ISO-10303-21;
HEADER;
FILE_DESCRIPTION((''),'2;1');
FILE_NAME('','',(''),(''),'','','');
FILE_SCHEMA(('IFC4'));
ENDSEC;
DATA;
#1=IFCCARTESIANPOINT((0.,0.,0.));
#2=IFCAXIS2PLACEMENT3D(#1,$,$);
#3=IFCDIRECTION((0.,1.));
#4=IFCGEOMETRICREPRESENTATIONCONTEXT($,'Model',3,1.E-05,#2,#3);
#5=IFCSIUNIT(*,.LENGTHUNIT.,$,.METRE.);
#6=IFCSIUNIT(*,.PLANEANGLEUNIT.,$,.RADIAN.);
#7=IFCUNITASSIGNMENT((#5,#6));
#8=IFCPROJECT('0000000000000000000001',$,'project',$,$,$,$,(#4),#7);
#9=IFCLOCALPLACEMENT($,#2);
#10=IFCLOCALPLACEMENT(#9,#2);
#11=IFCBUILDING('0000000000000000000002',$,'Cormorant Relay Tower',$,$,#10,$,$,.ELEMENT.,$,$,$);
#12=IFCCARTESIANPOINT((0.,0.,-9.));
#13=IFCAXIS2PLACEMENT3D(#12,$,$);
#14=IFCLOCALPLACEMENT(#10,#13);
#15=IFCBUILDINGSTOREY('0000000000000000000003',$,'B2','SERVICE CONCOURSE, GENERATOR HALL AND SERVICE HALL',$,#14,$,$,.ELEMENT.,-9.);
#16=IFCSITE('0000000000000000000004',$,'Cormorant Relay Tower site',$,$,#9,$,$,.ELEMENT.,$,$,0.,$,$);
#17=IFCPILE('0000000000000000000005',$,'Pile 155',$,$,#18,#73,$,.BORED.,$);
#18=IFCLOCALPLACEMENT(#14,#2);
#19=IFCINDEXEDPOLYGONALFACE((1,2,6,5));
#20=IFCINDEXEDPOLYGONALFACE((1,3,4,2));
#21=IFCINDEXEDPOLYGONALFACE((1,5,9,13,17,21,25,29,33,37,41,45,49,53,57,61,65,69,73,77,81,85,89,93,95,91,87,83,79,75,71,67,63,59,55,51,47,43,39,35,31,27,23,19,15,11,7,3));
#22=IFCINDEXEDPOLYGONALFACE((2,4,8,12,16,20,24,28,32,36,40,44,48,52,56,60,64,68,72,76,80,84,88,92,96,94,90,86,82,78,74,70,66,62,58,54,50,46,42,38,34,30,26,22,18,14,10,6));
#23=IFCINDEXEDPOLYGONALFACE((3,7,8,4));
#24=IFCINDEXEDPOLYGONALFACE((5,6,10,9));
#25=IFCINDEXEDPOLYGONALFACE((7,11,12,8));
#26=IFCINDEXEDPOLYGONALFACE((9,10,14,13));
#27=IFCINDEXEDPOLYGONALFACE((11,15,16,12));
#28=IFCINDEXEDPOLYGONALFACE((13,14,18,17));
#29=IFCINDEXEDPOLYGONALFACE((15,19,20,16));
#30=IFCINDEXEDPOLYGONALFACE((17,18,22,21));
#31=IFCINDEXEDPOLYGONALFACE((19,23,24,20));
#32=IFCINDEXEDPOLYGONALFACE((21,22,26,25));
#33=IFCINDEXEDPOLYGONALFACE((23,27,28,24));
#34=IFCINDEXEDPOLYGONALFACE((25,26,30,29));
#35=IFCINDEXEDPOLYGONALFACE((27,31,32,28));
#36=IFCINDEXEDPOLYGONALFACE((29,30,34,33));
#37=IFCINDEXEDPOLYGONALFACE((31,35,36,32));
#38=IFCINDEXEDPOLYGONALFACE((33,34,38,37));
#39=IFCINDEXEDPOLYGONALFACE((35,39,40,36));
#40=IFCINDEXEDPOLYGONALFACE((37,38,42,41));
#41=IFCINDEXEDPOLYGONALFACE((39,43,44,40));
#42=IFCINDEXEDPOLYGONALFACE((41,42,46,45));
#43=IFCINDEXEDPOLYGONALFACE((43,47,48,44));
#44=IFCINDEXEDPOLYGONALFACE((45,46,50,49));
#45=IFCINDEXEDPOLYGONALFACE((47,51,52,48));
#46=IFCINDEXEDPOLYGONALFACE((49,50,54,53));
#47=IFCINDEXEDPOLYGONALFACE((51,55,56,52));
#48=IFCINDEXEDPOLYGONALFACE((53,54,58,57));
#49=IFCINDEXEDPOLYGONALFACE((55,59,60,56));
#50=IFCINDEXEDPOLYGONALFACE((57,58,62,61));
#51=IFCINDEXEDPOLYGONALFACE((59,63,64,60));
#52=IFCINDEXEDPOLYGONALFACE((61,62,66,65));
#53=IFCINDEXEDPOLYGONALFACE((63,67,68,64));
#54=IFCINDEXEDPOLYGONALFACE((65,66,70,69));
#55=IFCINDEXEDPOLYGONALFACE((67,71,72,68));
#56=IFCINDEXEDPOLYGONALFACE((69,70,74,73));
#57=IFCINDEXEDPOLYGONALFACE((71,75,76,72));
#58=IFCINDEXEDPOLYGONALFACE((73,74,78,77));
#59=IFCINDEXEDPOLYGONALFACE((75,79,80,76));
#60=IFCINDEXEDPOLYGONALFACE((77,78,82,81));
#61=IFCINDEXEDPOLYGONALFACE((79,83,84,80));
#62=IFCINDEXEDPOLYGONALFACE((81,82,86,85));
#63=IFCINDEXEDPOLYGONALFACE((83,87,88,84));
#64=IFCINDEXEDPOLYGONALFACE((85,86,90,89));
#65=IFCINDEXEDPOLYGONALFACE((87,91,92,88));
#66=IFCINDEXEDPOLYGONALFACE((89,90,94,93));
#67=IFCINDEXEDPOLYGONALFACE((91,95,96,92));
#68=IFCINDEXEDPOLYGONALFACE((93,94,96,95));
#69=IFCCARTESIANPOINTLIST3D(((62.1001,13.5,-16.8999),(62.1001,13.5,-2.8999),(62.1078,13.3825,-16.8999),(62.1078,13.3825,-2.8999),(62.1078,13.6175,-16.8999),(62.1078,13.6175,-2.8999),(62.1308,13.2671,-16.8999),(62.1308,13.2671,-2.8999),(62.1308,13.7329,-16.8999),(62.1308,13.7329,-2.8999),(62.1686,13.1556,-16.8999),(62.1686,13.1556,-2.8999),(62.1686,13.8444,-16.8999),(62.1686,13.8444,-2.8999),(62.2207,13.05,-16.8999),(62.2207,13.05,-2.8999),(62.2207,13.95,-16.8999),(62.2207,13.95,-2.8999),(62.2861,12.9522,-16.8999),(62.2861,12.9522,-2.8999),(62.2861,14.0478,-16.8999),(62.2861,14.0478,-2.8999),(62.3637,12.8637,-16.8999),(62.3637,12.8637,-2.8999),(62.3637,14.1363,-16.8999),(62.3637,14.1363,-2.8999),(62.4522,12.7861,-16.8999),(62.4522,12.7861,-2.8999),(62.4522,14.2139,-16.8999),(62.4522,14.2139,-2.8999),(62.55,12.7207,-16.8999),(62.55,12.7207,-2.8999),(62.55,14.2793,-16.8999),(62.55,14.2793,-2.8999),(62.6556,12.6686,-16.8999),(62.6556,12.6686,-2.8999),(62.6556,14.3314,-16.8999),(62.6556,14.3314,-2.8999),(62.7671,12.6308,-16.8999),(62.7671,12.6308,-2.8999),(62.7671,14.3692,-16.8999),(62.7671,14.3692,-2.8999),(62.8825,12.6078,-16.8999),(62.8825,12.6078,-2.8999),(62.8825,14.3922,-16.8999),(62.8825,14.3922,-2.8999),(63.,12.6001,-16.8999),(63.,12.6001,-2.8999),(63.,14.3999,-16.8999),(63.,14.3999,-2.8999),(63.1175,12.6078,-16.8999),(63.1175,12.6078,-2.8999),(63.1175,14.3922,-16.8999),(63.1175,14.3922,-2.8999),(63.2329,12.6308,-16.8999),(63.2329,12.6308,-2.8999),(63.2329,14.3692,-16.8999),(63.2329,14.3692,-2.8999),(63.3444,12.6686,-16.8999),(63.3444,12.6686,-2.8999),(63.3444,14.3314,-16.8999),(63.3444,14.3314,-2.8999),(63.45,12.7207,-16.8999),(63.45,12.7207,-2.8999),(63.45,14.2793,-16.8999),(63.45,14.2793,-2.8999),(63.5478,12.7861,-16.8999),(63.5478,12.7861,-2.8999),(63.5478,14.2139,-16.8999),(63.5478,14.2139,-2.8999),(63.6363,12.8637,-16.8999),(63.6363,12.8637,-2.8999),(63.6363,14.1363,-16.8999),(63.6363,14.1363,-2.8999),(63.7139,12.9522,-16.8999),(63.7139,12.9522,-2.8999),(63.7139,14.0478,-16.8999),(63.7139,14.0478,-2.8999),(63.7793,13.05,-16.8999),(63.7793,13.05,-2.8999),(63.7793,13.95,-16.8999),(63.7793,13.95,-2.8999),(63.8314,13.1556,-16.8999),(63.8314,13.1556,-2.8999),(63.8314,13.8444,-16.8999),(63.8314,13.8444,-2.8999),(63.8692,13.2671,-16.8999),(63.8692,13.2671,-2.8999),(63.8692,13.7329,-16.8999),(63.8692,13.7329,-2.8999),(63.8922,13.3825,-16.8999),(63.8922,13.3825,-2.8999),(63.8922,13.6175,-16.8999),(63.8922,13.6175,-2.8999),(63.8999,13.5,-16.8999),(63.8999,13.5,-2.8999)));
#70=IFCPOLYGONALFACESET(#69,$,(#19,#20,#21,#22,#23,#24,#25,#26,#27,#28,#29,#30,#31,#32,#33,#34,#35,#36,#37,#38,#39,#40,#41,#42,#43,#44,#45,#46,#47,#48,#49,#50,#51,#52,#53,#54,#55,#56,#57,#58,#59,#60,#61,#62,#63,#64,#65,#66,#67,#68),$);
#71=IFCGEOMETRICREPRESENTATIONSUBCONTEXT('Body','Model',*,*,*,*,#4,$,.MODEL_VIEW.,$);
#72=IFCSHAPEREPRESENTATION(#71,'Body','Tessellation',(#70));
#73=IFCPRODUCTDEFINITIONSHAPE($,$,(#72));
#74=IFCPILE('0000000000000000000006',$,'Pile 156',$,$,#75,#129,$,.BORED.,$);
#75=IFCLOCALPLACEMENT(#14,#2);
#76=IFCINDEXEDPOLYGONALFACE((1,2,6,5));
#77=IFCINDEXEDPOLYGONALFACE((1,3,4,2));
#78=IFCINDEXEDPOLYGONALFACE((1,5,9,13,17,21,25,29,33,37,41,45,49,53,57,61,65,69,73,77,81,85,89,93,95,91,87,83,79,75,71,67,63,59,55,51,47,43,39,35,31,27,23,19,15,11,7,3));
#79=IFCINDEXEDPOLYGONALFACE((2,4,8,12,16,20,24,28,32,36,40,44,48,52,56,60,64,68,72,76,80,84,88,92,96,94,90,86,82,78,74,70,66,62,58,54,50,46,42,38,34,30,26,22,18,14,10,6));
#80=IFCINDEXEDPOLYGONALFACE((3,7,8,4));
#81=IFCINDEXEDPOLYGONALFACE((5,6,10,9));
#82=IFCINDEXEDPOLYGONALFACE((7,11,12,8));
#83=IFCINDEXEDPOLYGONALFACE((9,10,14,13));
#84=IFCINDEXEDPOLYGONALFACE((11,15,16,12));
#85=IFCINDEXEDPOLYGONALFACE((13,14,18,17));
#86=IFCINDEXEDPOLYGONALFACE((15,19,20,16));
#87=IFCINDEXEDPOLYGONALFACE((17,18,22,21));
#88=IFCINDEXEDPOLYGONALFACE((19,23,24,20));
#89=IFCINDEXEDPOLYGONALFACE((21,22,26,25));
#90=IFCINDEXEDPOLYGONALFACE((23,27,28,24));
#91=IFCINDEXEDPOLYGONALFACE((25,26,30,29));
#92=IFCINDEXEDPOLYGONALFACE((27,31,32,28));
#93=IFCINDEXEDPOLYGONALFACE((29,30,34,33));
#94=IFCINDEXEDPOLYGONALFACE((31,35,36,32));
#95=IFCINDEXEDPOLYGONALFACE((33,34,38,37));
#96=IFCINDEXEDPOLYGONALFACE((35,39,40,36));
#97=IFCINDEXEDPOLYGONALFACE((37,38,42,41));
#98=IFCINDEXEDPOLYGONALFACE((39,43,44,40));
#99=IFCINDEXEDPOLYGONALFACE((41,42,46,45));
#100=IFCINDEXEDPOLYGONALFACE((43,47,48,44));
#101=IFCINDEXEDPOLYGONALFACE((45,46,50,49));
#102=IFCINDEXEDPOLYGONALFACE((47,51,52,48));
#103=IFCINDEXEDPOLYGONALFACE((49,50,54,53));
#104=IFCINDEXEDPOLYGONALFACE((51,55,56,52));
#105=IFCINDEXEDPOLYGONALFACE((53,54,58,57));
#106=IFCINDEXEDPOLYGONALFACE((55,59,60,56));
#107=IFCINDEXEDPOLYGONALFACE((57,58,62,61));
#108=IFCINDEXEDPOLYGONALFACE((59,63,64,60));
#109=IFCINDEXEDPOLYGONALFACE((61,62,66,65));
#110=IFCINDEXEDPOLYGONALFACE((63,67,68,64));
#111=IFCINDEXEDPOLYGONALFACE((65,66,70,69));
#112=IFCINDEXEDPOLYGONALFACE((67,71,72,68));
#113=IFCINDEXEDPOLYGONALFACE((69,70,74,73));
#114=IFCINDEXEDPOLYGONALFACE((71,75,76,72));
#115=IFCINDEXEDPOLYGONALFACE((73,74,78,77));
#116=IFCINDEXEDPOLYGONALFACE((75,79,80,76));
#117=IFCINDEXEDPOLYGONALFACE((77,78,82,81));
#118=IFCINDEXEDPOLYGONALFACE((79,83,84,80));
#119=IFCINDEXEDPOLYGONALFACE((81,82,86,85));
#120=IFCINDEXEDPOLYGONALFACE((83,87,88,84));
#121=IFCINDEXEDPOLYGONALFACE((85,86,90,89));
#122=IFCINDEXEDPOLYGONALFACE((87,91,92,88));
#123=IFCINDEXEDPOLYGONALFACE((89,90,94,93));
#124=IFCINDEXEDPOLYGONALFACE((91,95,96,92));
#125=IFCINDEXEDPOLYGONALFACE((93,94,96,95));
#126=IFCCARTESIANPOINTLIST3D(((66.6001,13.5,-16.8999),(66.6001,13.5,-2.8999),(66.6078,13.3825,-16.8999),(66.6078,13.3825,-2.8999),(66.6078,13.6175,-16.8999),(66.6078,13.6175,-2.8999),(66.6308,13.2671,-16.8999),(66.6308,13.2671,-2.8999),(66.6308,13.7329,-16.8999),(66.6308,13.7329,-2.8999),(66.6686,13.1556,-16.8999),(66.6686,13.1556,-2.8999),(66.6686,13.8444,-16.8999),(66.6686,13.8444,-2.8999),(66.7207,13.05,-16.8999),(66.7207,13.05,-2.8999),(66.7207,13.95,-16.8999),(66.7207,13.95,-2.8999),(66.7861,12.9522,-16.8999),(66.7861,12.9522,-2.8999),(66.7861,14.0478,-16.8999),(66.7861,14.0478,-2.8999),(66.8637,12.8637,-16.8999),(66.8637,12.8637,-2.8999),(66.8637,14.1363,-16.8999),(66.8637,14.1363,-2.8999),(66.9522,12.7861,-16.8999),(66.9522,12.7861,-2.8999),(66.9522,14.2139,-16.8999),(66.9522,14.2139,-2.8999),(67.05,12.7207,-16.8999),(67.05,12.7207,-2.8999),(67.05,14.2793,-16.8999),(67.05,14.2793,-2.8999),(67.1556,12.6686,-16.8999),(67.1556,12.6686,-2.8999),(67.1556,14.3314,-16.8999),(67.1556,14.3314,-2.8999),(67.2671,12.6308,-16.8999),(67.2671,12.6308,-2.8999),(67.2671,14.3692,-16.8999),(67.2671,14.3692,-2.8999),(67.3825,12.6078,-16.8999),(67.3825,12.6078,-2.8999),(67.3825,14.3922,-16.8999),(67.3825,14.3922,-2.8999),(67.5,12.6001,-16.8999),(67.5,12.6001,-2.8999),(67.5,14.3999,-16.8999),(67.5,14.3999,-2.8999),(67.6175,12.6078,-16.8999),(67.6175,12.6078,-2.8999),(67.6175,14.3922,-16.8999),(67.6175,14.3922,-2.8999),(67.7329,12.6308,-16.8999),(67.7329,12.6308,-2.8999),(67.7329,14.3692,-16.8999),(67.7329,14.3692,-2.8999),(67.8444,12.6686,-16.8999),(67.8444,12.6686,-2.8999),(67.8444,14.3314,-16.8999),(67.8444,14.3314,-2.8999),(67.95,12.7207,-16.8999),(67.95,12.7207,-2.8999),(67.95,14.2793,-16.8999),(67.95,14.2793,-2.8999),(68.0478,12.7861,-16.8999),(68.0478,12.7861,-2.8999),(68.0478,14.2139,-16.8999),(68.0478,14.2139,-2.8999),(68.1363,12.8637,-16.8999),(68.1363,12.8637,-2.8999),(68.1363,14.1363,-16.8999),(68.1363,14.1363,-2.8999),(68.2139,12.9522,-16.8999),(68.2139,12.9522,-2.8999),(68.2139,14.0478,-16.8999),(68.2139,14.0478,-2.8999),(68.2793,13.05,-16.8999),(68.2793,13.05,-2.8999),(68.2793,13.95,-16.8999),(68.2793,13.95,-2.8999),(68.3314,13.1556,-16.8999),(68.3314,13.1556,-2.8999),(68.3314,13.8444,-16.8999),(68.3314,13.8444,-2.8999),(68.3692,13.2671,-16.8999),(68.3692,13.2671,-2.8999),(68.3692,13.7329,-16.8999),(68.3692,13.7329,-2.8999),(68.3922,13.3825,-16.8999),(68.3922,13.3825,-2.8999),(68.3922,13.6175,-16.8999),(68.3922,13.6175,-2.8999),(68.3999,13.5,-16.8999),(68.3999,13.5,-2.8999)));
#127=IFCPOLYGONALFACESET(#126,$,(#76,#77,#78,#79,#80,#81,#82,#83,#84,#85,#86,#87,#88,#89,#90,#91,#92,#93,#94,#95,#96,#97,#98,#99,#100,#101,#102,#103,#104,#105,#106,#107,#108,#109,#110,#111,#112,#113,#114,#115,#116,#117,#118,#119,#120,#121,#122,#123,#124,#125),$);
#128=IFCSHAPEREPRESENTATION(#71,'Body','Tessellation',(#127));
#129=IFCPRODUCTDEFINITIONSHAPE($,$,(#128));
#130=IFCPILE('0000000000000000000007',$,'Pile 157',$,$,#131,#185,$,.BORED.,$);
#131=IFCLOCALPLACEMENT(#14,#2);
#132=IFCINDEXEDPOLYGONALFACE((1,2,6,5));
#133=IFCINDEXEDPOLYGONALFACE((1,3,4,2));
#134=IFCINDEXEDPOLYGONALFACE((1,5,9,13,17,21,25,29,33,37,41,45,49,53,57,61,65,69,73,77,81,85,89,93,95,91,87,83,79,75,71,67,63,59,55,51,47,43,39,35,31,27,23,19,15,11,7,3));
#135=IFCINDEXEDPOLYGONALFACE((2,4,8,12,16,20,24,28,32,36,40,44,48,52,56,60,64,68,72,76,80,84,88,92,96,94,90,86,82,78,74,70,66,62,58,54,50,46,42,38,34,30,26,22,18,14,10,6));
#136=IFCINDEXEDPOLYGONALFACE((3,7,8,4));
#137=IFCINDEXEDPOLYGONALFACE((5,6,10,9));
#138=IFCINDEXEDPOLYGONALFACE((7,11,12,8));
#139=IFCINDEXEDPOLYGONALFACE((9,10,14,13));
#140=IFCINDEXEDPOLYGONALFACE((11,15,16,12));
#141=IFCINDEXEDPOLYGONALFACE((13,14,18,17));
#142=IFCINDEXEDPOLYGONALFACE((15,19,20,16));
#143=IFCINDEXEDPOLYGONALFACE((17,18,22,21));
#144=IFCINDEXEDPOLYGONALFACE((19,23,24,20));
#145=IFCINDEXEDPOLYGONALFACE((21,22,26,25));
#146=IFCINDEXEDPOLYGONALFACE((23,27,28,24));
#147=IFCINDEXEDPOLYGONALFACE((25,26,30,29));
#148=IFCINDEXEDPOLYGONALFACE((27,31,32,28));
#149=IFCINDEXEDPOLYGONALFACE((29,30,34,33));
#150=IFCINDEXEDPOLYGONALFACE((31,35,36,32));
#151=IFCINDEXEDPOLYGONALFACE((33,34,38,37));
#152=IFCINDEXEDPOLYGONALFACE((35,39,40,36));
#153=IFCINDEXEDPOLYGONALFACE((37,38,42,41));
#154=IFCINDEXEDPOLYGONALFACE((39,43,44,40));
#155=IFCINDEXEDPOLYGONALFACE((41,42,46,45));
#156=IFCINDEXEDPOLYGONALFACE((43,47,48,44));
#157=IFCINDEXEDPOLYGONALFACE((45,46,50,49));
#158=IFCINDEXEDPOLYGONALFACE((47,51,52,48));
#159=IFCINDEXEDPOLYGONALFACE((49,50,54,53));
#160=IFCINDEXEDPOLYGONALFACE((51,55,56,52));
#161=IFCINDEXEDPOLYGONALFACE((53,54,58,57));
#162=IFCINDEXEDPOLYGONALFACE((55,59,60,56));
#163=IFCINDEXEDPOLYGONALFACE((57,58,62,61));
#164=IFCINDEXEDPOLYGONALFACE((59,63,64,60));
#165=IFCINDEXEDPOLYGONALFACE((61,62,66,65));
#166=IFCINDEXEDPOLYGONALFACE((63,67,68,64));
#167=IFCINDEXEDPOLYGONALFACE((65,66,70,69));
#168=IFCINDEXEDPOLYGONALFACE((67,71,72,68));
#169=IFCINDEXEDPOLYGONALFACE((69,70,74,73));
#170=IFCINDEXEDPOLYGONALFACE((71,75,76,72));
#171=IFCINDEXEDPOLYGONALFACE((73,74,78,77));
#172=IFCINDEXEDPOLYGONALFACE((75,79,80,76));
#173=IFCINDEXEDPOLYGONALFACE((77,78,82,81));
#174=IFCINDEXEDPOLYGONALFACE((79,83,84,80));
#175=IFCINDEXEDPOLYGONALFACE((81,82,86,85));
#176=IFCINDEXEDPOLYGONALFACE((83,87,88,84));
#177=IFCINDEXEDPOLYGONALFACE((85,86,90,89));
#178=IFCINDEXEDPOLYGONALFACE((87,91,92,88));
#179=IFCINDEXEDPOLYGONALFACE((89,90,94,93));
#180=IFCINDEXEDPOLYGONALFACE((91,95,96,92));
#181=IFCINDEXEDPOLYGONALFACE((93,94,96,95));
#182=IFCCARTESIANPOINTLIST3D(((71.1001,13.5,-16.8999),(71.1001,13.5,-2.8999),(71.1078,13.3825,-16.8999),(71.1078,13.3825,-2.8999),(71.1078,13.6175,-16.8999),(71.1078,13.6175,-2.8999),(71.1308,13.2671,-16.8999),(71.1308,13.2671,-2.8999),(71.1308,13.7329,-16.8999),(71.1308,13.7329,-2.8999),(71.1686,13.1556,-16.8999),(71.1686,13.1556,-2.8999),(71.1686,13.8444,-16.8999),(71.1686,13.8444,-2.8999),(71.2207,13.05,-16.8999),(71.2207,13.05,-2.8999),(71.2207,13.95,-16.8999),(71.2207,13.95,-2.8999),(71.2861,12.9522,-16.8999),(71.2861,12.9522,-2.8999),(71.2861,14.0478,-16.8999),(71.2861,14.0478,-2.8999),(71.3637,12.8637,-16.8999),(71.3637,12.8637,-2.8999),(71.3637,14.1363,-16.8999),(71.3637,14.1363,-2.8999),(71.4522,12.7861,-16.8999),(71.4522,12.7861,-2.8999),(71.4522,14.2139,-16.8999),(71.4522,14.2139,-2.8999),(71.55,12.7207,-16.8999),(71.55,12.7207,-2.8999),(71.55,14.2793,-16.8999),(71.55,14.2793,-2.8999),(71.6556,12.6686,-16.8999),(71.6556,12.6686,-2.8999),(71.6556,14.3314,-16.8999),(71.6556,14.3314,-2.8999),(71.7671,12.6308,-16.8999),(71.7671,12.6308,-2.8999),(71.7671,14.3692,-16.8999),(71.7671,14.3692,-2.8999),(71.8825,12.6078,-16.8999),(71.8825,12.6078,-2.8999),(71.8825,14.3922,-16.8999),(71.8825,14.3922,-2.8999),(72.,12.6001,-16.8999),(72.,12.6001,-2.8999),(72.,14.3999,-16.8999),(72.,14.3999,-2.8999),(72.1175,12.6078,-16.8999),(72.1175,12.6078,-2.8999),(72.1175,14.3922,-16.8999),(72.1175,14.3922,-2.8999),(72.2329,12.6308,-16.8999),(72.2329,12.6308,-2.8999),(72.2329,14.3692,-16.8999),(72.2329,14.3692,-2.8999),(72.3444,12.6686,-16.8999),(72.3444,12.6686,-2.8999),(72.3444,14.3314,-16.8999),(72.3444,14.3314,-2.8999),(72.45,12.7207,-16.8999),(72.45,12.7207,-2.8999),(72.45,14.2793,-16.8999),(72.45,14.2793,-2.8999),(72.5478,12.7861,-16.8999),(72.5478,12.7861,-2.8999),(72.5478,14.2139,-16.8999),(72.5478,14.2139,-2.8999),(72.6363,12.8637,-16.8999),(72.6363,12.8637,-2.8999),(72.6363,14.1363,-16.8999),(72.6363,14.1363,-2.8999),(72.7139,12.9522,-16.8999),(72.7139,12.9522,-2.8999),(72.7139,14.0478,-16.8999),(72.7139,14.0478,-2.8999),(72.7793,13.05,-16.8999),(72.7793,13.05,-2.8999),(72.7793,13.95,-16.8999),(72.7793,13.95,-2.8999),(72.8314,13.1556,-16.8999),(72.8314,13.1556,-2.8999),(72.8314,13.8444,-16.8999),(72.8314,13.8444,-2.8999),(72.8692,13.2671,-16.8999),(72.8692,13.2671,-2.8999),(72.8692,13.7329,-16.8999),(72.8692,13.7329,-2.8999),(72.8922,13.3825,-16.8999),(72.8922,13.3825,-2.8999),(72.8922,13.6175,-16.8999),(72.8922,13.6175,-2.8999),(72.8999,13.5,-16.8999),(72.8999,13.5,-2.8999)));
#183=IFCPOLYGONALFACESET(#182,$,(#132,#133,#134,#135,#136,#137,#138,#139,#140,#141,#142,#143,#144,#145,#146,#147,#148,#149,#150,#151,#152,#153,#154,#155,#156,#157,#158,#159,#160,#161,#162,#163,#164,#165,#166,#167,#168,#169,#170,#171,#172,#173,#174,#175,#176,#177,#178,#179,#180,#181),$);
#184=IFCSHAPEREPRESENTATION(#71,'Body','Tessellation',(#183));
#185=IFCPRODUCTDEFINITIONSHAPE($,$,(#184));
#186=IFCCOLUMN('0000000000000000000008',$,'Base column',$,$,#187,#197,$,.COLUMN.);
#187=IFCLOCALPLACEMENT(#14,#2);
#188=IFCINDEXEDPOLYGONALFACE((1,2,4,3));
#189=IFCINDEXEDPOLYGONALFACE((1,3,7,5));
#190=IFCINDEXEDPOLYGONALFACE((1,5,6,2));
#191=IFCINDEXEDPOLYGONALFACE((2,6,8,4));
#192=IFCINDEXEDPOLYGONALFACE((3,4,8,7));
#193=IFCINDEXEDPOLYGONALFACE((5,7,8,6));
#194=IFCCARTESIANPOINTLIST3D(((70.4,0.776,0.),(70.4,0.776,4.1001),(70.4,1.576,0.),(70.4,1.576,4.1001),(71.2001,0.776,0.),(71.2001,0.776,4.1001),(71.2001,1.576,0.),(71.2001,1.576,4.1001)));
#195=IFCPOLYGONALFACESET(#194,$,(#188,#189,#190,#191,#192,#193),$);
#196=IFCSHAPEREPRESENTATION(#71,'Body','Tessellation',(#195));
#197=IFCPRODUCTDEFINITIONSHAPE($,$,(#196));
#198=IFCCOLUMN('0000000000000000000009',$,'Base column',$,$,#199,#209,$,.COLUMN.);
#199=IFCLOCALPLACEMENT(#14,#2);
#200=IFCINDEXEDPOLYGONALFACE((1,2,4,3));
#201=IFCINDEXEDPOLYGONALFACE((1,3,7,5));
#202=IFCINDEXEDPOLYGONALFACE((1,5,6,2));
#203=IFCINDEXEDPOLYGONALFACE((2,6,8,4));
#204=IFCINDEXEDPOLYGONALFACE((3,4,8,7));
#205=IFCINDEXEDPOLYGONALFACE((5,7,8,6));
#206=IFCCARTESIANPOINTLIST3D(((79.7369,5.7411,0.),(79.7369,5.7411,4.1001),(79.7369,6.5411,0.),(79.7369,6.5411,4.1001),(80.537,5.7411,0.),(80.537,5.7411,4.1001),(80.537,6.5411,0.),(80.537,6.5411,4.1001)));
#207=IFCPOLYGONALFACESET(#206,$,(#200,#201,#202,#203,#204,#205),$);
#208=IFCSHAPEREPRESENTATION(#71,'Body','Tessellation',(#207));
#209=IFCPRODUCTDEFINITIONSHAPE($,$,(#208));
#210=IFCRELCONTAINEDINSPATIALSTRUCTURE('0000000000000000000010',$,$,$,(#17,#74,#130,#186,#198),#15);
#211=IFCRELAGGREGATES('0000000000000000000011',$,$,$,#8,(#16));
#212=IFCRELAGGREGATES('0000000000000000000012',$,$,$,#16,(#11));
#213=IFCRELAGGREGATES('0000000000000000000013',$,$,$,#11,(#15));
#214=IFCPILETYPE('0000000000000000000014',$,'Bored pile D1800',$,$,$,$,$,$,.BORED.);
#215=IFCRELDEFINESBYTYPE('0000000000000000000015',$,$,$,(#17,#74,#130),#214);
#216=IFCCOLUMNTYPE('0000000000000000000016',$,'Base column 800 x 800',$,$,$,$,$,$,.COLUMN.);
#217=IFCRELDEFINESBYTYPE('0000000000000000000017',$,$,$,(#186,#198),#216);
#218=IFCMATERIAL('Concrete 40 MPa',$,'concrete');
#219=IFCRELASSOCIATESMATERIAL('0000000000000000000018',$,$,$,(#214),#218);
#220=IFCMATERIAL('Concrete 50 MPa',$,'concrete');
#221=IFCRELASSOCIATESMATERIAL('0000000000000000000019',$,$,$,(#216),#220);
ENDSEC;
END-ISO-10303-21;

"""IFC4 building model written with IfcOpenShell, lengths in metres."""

from ifc_helpers import new_model, si_unit, direction, frame, origin, origin_2d, place, context, subcontext, project, spatial, rectangle, circle, extrude, material, material_profile, profile_set, type_object, element, save


model = new_model("IFC4")

# Units and contexts
model_context = context("Model", 3, precision=1e-05, world=origin(), true_north=direction((0.0, 1.0)))
body_context = subcontext(model_context, "Body", "Model", "MODEL_VIEW")
ifc_project = project(units=[si_unit("LENGTHUNIT", "METRE"), si_unit("PLANEANGLEUNIT", "RADIAN")], contexts=[model_context])

# Site, building, storey
site_placement = place(None, origin())
site = spatial("IfcSite", under=ifc_project, at=site_placement, Name="Cormorant Relay Tower site", CompositionType="ELEMENT", RefElevation=0.0)
building_placement = place(site_placement, origin())
building = spatial("IfcBuilding", under=site, at=building_placement, Name="Cormorant Relay Tower", CompositionType="ELEMENT")
storey_placement = place(building_placement, frame((0.0, 0.0, -9.0)))
storey = spatial("IfcBuildingStorey", under=building, at=storey_placement, Name="B2", Description="SERVICE CONCOURSE, GENERATOR HALL AND SERVICE HALL", CompositionType="ELEMENT", Elevation=-9.0)

# Piles
ifc_material_1 = material(Name="Concrete 40 MPa", Category="concrete")
ifc_material_profile_1 = material_profile(ifc_material_1, circle(Radius=0.8999, at=origin_2d()), Name="BP1800")
ifc_profile_set_1 = profile_set([ifc_material_profile_1], Name="Concrete 40 MPa")
pile_type = type_object("IfcPileType", Name="Bored pile D1800", PredefinedType="BORED", material=ifc_profile_set_1)
for number, where, z_axis, x_axis, name in (
    (1, (63.0, 13.5, -2.8999), (0.0, 0.0, -1.0), (1.0, 0.0, 0.0), "Pile 155"),
    (2, (67.5, 13.5, -2.8999), (0.0, 0.0, -1.0), (1.0, 0.0, 0.0), "Pile 156"),
    (3, (72.0, 13.5, -2.8999), (0.0, 0.0, -1.0), (1.0, 0.0, 0.0), "Pile 157"),
):
    element("IfcPile", number, at=place(storey_placement, frame(where, z_axis=z_axis, x_axis=x_axis)), inside=storey, type_object=pile_type, Name=name, PredefinedType="BORED", context=body_context, shape_type="SweptSolid", body=[
        extrude(circle(Radius=0.8999, at=origin_2d()), origin(), (0.0, 0.0, 1.0), 14.0),
    ])

# Columns
ifc_material_2 = material(Name="Concrete 50 MPa", Category="concrete")
ifc_material_profile_2 = material_profile(ifc_material_2, rectangle(XDim=0.8, YDim=0.8, at=origin_2d()), Name="RC 800x800")
ifc_profile_set_2 = profile_set([ifc_material_profile_2], Name="Concrete 50 MPa")
column_type_1 = type_object("IfcColumnType", Name="Base column 800 x 800", PredefinedType="COLUMN", material=ifc_profile_set_2)
for number, where, z_axis, x_axis, name in (
    (4, (70.8, 1.176, 0.0), (0.0, 0.0, 1.0), (1.0, 0.0, 0.0), "Base column"),
    (5, (80.137, 6.1411, 0.0), (0.0, 0.0, 1.0), (1.0, 0.0, 0.0), "Base column"),
):
    element("IfcColumn", number, at=place(storey_placement, frame(where, z_axis=z_axis, x_axis=x_axis)), inside=storey, type_object=column_type_1, Name=name, PredefinedType="COLUMN", context=body_context, shape_type="SweptSolid", body=[
        extrude(rectangle(XDim=0.8, YDim=0.8, at=origin_2d()), origin(), (0.0, 0.0, 1.0), 4.1001),
    ])

save(model, "model.ifc")
